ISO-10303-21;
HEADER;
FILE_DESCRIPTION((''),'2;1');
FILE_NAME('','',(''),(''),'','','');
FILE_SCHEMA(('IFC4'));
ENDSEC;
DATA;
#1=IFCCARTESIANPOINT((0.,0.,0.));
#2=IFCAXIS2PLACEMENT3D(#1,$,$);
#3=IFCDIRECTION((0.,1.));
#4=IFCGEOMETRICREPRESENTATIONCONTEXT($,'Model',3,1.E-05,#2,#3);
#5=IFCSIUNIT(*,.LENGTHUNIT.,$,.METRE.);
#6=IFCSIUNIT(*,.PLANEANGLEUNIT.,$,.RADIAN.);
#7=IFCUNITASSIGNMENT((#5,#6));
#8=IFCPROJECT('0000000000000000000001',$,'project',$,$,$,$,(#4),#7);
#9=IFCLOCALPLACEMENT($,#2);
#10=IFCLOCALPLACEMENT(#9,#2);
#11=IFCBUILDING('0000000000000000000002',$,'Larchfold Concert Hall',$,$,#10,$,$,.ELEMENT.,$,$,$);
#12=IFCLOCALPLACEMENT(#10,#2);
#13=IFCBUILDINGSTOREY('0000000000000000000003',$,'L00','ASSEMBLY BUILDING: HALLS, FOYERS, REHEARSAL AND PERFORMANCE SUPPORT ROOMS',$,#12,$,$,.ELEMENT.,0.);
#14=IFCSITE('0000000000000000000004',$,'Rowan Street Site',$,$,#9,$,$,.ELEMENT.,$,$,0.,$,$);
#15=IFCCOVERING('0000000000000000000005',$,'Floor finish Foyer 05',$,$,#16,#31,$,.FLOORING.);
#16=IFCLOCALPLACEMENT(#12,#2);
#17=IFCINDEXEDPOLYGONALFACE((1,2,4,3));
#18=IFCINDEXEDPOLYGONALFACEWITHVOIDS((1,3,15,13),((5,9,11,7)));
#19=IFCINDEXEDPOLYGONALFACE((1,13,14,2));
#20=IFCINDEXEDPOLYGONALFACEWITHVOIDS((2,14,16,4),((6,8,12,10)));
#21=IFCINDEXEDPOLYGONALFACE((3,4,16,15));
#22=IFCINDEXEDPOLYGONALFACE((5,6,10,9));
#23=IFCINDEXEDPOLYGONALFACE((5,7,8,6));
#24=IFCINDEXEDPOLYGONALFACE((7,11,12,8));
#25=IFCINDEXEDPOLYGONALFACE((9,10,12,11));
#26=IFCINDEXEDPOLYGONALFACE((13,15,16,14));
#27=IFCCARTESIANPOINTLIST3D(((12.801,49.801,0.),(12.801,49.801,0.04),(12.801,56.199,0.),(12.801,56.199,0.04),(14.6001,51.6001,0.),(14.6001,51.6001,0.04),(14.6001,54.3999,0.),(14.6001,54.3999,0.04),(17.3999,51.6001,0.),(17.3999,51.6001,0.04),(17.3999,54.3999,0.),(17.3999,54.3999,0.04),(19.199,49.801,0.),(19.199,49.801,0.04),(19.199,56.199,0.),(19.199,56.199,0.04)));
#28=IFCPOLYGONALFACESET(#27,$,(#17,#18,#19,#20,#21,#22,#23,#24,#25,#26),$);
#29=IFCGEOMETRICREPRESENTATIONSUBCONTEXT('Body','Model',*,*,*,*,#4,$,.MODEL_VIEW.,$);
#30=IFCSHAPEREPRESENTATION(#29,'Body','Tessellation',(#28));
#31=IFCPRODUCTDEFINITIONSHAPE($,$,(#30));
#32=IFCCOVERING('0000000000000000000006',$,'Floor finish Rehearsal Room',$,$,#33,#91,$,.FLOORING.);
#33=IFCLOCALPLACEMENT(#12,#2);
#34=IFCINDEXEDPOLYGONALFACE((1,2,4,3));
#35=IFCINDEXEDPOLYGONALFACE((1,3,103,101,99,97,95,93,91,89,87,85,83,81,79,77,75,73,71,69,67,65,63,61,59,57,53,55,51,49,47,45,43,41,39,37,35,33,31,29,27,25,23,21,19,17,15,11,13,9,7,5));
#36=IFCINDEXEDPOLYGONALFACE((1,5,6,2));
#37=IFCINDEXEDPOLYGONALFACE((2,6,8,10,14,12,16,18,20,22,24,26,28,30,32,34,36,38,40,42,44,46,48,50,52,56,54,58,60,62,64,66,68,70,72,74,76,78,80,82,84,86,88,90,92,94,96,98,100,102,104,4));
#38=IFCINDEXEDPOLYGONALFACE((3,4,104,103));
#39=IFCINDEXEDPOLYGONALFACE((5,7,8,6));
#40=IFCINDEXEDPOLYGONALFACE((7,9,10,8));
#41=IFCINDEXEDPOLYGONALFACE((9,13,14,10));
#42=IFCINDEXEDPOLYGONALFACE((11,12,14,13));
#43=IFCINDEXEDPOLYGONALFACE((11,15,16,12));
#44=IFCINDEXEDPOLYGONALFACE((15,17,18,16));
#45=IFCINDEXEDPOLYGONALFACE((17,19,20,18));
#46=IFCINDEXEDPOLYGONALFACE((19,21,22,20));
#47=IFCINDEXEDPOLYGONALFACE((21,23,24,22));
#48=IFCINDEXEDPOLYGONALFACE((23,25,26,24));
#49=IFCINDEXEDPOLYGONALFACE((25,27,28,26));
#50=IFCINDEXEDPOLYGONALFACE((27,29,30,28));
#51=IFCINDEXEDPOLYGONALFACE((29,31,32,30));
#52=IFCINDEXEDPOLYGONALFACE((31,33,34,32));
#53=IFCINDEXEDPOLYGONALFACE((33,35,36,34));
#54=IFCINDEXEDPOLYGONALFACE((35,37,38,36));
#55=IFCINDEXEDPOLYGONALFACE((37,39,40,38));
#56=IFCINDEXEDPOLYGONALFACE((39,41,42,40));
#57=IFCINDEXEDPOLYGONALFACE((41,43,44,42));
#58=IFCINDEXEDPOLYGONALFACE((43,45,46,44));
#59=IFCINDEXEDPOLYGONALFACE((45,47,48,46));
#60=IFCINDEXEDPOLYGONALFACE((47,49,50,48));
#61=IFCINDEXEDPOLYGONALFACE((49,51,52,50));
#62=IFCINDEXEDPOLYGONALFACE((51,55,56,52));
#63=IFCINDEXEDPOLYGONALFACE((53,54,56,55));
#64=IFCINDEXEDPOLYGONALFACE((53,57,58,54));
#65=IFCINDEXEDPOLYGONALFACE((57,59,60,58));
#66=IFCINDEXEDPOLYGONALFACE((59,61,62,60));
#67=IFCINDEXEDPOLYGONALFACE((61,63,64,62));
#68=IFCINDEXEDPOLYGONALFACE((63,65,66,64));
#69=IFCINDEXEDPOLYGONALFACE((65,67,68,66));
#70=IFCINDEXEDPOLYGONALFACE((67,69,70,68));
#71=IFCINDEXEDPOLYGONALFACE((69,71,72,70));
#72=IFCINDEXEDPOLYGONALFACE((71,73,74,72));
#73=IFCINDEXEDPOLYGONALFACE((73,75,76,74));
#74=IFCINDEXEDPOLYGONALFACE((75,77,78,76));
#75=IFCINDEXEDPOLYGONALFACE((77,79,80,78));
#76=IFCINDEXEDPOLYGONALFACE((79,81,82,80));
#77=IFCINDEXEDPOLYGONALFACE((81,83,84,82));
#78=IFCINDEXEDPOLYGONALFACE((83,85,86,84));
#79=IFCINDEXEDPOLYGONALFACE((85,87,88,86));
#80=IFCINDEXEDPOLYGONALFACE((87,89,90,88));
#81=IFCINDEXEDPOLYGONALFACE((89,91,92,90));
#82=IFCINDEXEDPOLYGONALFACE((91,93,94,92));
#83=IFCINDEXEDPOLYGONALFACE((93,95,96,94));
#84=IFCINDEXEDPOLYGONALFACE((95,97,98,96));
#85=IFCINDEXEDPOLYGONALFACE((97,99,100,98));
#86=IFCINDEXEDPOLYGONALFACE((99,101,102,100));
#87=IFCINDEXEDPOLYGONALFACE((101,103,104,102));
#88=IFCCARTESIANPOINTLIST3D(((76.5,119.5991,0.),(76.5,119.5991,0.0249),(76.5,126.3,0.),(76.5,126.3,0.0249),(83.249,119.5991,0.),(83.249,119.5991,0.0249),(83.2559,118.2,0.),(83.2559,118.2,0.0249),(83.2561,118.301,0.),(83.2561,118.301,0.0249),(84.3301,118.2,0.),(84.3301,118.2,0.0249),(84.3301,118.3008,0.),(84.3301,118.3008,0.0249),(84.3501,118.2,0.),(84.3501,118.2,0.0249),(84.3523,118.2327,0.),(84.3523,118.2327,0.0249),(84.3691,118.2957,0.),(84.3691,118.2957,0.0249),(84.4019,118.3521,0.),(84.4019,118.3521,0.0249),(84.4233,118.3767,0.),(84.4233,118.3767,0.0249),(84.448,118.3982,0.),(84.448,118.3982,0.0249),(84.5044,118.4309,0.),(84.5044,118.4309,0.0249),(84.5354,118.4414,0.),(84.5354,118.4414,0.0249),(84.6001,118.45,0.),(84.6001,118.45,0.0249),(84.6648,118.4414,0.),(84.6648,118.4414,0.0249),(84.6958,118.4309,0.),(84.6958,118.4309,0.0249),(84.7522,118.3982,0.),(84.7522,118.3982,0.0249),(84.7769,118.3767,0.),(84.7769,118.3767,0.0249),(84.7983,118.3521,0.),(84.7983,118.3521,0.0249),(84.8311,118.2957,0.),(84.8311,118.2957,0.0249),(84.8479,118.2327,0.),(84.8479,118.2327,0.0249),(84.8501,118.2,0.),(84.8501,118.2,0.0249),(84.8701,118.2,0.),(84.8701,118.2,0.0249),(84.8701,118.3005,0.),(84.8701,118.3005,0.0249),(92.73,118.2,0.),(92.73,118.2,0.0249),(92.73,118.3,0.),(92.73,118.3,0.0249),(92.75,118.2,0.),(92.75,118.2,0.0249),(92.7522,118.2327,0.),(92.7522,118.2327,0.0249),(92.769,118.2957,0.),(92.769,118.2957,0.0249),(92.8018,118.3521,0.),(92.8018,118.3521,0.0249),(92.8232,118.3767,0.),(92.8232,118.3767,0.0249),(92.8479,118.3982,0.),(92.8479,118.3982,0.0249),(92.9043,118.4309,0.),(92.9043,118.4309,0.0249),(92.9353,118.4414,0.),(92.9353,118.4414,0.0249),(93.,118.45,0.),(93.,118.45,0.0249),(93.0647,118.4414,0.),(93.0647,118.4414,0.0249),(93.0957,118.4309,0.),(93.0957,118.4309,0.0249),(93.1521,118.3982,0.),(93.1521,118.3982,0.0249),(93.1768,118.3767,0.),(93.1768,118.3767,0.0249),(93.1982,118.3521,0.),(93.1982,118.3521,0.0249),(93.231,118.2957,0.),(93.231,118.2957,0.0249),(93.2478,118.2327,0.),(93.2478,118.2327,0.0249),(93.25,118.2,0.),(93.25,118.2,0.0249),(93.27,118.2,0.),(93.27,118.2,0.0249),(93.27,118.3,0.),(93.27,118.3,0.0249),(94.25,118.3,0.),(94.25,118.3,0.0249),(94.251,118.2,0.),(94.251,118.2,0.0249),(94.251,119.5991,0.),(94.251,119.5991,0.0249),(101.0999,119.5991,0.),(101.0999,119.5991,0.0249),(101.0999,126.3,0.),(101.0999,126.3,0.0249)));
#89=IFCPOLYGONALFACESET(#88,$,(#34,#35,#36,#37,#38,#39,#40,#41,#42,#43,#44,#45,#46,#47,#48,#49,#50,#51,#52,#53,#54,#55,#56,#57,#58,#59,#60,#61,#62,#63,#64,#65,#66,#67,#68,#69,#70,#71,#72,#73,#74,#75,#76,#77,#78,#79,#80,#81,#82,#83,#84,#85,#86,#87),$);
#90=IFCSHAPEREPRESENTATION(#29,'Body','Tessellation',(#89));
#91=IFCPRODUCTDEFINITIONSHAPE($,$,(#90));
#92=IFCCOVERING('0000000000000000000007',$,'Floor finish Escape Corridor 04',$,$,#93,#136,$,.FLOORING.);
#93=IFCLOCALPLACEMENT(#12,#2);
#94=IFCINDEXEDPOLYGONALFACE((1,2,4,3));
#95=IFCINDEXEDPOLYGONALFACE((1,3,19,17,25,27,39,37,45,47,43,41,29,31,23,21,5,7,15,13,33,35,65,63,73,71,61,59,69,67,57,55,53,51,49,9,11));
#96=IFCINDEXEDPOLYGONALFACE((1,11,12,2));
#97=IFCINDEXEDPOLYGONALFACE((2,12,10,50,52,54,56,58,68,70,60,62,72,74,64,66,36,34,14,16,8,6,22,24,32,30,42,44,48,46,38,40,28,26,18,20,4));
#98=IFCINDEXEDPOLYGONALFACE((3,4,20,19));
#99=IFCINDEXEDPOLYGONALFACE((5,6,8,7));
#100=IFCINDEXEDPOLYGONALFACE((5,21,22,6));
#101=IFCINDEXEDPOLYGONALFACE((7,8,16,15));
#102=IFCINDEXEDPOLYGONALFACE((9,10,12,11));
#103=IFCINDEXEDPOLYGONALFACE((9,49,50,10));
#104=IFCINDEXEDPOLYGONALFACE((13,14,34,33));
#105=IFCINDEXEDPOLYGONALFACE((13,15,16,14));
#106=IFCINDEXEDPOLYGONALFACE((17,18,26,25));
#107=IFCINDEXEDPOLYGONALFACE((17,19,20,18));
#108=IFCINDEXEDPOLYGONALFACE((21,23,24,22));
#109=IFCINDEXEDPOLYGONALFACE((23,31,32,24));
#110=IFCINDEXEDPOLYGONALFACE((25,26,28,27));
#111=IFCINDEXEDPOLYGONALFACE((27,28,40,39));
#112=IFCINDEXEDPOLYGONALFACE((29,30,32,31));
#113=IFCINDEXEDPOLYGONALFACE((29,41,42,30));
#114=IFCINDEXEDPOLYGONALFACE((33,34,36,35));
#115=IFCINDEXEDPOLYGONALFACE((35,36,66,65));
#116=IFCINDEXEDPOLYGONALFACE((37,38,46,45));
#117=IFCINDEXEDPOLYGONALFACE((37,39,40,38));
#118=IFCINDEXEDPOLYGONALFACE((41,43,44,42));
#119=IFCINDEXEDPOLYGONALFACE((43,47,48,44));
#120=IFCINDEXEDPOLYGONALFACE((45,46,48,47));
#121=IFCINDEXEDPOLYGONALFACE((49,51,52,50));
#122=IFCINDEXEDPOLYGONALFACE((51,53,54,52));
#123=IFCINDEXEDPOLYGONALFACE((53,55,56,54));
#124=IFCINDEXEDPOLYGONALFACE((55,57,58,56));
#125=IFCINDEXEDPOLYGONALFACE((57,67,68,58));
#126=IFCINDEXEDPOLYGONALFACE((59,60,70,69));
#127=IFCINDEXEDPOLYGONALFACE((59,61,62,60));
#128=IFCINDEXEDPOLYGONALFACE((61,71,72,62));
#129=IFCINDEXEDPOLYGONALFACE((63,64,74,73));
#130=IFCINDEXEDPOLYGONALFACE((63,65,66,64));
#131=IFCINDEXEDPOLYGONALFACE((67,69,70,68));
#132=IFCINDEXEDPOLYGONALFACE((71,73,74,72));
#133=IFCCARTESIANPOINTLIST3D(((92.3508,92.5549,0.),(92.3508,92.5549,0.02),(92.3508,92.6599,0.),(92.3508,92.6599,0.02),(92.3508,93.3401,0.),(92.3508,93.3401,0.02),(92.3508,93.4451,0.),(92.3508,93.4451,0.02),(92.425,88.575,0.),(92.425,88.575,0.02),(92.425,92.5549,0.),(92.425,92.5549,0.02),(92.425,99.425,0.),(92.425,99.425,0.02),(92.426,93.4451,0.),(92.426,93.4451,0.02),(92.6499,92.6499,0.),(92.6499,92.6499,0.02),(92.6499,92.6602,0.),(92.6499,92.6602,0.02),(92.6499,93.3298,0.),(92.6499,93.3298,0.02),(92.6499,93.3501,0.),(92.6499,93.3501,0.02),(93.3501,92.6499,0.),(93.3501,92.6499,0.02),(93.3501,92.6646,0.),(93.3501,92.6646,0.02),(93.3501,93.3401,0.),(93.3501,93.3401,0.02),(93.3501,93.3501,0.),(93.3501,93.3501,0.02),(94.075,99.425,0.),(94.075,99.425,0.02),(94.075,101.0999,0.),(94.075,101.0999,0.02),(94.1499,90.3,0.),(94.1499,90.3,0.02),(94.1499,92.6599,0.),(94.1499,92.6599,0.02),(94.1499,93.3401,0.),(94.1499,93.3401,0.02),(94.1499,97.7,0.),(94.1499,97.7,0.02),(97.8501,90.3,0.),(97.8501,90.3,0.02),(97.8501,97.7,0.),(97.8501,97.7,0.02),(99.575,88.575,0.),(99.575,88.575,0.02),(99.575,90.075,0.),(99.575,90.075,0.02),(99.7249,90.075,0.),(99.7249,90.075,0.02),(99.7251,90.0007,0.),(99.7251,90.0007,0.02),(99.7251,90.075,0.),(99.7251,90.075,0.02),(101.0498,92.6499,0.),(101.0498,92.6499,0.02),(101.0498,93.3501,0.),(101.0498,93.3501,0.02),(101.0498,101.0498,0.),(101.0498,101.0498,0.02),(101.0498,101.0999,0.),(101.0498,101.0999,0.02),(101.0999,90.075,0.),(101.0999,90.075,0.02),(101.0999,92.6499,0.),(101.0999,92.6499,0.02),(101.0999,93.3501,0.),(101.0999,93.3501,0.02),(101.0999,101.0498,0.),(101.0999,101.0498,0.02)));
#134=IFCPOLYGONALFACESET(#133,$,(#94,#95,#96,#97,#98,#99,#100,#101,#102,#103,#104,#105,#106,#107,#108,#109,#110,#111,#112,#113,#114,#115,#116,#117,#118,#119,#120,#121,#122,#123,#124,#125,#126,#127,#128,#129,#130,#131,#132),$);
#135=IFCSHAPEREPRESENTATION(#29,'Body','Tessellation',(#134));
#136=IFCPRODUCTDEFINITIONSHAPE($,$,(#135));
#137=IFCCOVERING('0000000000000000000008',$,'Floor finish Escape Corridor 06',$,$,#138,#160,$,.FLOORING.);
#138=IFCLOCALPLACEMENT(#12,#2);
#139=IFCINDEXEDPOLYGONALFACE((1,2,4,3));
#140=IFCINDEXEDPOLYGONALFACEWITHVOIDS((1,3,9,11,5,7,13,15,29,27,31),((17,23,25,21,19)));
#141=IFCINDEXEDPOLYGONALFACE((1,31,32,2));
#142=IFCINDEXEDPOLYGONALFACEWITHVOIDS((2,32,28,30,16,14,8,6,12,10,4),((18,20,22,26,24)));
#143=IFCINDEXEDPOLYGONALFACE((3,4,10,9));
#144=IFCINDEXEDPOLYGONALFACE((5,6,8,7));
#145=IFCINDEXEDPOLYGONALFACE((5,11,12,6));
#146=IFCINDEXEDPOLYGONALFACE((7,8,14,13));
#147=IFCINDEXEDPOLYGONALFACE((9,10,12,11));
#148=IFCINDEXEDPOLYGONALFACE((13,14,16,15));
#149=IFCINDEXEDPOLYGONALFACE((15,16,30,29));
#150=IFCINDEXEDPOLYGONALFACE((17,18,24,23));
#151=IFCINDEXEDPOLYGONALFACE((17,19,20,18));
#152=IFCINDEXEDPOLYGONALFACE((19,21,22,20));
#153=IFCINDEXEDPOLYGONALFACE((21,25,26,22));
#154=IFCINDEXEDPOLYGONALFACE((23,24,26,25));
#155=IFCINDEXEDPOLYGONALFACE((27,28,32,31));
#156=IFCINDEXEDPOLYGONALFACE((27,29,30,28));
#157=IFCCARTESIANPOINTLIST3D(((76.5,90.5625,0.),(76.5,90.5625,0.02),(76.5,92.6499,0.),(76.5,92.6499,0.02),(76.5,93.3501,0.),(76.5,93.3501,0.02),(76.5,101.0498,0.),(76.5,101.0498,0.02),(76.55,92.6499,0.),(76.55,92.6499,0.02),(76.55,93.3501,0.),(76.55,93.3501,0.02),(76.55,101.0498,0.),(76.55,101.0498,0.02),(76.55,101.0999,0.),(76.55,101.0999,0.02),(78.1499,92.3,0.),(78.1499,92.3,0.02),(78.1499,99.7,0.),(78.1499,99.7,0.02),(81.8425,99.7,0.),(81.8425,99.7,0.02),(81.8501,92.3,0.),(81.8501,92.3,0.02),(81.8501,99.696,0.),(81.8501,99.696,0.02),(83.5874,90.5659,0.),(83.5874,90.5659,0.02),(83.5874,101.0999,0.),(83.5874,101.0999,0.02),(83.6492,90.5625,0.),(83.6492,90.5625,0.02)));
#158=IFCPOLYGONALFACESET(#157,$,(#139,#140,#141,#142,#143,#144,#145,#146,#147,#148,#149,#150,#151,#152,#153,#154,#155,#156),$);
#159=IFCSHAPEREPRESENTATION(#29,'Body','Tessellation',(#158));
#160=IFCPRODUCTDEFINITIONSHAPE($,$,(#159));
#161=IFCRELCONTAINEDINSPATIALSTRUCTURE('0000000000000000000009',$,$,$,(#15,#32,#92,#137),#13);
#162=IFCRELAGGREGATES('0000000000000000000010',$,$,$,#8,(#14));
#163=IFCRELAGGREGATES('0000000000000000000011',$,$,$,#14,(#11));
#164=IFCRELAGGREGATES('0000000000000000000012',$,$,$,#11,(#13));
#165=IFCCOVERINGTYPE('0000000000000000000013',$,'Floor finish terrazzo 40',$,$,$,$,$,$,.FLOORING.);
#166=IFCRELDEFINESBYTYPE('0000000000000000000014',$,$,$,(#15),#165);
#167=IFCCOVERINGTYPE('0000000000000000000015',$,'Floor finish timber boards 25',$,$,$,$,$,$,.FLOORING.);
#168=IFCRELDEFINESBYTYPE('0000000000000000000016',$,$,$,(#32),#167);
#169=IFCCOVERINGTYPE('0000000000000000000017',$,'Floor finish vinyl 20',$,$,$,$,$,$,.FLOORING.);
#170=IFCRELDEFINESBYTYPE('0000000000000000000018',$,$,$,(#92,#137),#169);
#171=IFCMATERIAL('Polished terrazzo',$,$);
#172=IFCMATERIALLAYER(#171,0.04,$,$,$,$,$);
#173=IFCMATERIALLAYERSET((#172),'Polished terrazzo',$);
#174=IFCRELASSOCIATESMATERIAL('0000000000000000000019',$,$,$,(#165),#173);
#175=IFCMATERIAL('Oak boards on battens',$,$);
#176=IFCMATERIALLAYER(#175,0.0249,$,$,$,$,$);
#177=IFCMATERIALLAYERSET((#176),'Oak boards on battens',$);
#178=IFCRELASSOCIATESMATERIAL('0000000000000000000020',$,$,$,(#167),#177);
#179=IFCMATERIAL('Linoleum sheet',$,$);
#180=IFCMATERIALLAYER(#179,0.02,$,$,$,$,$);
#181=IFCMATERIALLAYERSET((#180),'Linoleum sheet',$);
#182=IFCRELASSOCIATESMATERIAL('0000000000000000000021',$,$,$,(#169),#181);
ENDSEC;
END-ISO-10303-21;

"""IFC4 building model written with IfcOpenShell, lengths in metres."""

from ifc_helpers import new_model, si_unit, direction, origin, place, context, subcontext, project, spatial, polyline, outline, extrude, material, layer, layer_set, type_object, element, save


model = new_model("IFC4")

# Units and contexts
model_context = context("Model", 3, precision=1e-05, world=origin(), true_north=direction((0.0, 1.0)))
body_context = subcontext(model_context, "Body", "Model", "MODEL_VIEW")
ifc_project = project(units=[si_unit("LENGTHUNIT", "METRE"), si_unit("PLANEANGLEUNIT", "RADIAN")], contexts=[model_context])

# Site, building, storey
site_placement = place(None, origin())
site = spatial("IfcSite", under=ifc_project, at=site_placement, Name="Rowan Street Site", CompositionType="ELEMENT", RefElevation=0.0)
building_placement = place(site_placement, origin())
building = spatial("IfcBuilding", under=site, at=building_placement, Name="Larchfold Concert Hall", CompositionType="ELEMENT")
storey_placement = place(building_placement, origin())
storey = spatial("IfcBuildingStorey", under=building, at=storey_placement, Name="L00", Description="ASSEMBLY BUILDING: HALLS, FOYERS, REHEARSAL AND PERFORMANCE SUPPORT ROOMS", CompositionType="ELEMENT", Elevation=0.0)

# Coverings
ifc_material_1 = material(Name="Polished terrazzo")
ifc_layer_1 = layer(ifc_material_1, 0.04)
ifc_layer_set_1 = layer_set([ifc_layer_1], Name="Polished terrazzo")
covering_type_1 = type_object("IfcCoveringType", Name="Floor finish terrazzo 40", PredefinedType="FLOORING", material=ifc_layer_set_1)
covering_1_placement = place(storey_placement, origin())
element("IfcCovering", 1, at=covering_1_placement, inside=storey, type_object=covering_type_1, Name="Floor finish Foyer 05", PredefinedType="FLOORING", context=body_context, shape_type="SweptSolid", body=[
    extrude(outline(polyline([(12.801, 49.801), (19.199, 49.801), (19.199, 56.199), (12.801, 56.199), (12.801, 49.801)]), holes=[polyline([(14.6001, 54.3999), (17.3999, 54.3999), (17.3999, 51.6001), (14.6001, 51.6001), (14.6001, 54.3999)])]), origin(), (0.0, 0.0, 1.0), 0.04),
])
ifc_material_2 = material(Name="Oak boards on battens")
ifc_layer_2 = layer(ifc_material_2, 0.0249)
ifc_layer_set_2 = layer_set([ifc_layer_2], Name="Oak boards on battens")
covering_type_2 = type_object("IfcCoveringType", Name="Floor finish timber boards 25", PredefinedType="FLOORING", material=ifc_layer_set_2)
covering_2_placement = place(storey_placement, origin())
element("IfcCovering", 2, at=covering_2_placement, inside=storey, type_object=covering_type_2, Name="Floor finish Rehearsal Room", PredefinedType="FLOORING", context=body_context, shape_type="SweptSolid", body=[
    extrude(outline(polyline([(83.2559, 118.2), (83.2561, 118.301), (84.3301, 118.3008), (84.3301, 118.2), (84.3501, 118.2), (84.3523, 118.2327), (84.3691, 118.2957), (84.4019, 118.3521), (84.4233, 118.3767), (84.448, 118.3982), (84.5044, 118.4309), (84.5354, 118.4414), (84.6001, 118.45), (84.6648, 118.4414), (84.6958, 118.4309), (84.7522, 118.3982), (84.7769, 118.3767), (84.7983, 118.3521), (84.8311, 118.2957), (84.8479, 118.2327), (84.8501, 118.2), (84.8701, 118.2), (84.8701, 118.3005), (92.73, 118.3), (92.73, 118.2), (92.75, 118.2), (92.7522, 118.2327), (92.769, 118.2957), (92.8018, 118.3521), (92.8232, 118.3767), (92.8479, 118.3982), (92.9043, 118.4309), (92.9353, 118.4414), (93.0, 118.45), (93.0647, 118.4414), (93.0957, 118.4309), (93.1521, 118.3982), (93.1768, 118.3767), (93.1982, 118.3521), (93.231, 118.2957), (93.2478, 118.2327), (93.25, 118.2), (93.27, 118.2), (93.27, 118.3), (94.25, 118.3), (94.251, 118.2), (94.251, 119.5991), (101.0999, 119.5991), (101.0999, 126.3), (76.5, 126.3), (76.5, 119.5991), (83.249, 119.5991), (83.2559, 118.2)])), origin(), (0.0, 0.0, 1.0), 0.0249),
])
ifc_material_3 = material(Name="Linoleum sheet")
ifc_layer_3 = layer(ifc_material_3, 0.02)
ifc_layer_set_3 = layer_set([ifc_layer_3], Name="Linoleum sheet")
covering_type_3 = type_object("IfcCoveringType", Name="Floor finish vinyl 20", PredefinedType="FLOORING", material=ifc_layer_set_3)
covering_3_placement = place(storey_placement, origin())
element("IfcCovering", 3, at=covering_3_placement, inside=storey, type_object=covering_type_3, Name="Floor finish Escape Corridor 04", PredefinedType="FLOORING", context=body_context, shape_type="SweptSolid", body=[
    extrude(outline(polyline([(93.3501, 93.3401), (94.1499, 93.3401), (94.1499, 97.7), (97.8501, 97.7), (97.8501, 90.3), (94.1499, 90.3), (94.1499, 92.6599), (93.3501, 92.6646), (93.3501, 92.6499), (92.6499, 92.6499), (92.6499, 92.6602), (92.3508, 92.6599), (92.3508, 92.5549), (92.425, 92.5549), (92.425, 88.575), (99.575, 88.575), (99.575, 90.075), (99.7249, 90.075), (99.7251, 90.0007), (99.7251, 90.075), (101.0999, 90.075), (101.0999, 92.6499), (101.0498, 92.6499), (101.0498, 93.3501), (101.0999, 93.3501), (101.0999, 101.0498), (101.0498, 101.0498), (101.0498, 101.0999), (94.075, 101.0999), (94.075, 99.425), (92.425, 99.425), (92.426, 93.4451), (92.3508, 93.4451), (92.3508, 93.3401), (92.6499, 93.3298), (92.6499, 93.3501), (93.3501, 93.3501), (93.3501, 93.3401)])), origin(), (0.0, 0.0, 1.0), 0.02),
])
covering_4_placement = place(storey_placement, origin())
element("IfcCovering", 4, at=covering_4_placement, inside=storey, type_object=covering_type_3, Name="Floor finish Escape Corridor 06", PredefinedType="FLOORING", context=body_context, shape_type="SweptSolid", body=[
    extrude(outline(polyline([(83.6492, 90.5625), (83.5874, 90.5659), (83.5874, 101.0999), (76.55, 101.0999), (76.55, 101.0498), (76.5, 101.0498), (76.5, 93.3501), (76.55, 93.3501), (76.55, 92.6499), (76.5, 92.6499), (76.5, 90.5625), (83.6492, 90.5625)]), holes=[polyline([(78.1499, 92.3), (78.1499, 99.7), (81.8425, 99.7), (81.8501, 99.696), (81.8501, 92.3), (78.1499, 92.3)])]), origin(), (0.0, 0.0, 1.0), 0.02),
])

save(model, "model.ifc")
